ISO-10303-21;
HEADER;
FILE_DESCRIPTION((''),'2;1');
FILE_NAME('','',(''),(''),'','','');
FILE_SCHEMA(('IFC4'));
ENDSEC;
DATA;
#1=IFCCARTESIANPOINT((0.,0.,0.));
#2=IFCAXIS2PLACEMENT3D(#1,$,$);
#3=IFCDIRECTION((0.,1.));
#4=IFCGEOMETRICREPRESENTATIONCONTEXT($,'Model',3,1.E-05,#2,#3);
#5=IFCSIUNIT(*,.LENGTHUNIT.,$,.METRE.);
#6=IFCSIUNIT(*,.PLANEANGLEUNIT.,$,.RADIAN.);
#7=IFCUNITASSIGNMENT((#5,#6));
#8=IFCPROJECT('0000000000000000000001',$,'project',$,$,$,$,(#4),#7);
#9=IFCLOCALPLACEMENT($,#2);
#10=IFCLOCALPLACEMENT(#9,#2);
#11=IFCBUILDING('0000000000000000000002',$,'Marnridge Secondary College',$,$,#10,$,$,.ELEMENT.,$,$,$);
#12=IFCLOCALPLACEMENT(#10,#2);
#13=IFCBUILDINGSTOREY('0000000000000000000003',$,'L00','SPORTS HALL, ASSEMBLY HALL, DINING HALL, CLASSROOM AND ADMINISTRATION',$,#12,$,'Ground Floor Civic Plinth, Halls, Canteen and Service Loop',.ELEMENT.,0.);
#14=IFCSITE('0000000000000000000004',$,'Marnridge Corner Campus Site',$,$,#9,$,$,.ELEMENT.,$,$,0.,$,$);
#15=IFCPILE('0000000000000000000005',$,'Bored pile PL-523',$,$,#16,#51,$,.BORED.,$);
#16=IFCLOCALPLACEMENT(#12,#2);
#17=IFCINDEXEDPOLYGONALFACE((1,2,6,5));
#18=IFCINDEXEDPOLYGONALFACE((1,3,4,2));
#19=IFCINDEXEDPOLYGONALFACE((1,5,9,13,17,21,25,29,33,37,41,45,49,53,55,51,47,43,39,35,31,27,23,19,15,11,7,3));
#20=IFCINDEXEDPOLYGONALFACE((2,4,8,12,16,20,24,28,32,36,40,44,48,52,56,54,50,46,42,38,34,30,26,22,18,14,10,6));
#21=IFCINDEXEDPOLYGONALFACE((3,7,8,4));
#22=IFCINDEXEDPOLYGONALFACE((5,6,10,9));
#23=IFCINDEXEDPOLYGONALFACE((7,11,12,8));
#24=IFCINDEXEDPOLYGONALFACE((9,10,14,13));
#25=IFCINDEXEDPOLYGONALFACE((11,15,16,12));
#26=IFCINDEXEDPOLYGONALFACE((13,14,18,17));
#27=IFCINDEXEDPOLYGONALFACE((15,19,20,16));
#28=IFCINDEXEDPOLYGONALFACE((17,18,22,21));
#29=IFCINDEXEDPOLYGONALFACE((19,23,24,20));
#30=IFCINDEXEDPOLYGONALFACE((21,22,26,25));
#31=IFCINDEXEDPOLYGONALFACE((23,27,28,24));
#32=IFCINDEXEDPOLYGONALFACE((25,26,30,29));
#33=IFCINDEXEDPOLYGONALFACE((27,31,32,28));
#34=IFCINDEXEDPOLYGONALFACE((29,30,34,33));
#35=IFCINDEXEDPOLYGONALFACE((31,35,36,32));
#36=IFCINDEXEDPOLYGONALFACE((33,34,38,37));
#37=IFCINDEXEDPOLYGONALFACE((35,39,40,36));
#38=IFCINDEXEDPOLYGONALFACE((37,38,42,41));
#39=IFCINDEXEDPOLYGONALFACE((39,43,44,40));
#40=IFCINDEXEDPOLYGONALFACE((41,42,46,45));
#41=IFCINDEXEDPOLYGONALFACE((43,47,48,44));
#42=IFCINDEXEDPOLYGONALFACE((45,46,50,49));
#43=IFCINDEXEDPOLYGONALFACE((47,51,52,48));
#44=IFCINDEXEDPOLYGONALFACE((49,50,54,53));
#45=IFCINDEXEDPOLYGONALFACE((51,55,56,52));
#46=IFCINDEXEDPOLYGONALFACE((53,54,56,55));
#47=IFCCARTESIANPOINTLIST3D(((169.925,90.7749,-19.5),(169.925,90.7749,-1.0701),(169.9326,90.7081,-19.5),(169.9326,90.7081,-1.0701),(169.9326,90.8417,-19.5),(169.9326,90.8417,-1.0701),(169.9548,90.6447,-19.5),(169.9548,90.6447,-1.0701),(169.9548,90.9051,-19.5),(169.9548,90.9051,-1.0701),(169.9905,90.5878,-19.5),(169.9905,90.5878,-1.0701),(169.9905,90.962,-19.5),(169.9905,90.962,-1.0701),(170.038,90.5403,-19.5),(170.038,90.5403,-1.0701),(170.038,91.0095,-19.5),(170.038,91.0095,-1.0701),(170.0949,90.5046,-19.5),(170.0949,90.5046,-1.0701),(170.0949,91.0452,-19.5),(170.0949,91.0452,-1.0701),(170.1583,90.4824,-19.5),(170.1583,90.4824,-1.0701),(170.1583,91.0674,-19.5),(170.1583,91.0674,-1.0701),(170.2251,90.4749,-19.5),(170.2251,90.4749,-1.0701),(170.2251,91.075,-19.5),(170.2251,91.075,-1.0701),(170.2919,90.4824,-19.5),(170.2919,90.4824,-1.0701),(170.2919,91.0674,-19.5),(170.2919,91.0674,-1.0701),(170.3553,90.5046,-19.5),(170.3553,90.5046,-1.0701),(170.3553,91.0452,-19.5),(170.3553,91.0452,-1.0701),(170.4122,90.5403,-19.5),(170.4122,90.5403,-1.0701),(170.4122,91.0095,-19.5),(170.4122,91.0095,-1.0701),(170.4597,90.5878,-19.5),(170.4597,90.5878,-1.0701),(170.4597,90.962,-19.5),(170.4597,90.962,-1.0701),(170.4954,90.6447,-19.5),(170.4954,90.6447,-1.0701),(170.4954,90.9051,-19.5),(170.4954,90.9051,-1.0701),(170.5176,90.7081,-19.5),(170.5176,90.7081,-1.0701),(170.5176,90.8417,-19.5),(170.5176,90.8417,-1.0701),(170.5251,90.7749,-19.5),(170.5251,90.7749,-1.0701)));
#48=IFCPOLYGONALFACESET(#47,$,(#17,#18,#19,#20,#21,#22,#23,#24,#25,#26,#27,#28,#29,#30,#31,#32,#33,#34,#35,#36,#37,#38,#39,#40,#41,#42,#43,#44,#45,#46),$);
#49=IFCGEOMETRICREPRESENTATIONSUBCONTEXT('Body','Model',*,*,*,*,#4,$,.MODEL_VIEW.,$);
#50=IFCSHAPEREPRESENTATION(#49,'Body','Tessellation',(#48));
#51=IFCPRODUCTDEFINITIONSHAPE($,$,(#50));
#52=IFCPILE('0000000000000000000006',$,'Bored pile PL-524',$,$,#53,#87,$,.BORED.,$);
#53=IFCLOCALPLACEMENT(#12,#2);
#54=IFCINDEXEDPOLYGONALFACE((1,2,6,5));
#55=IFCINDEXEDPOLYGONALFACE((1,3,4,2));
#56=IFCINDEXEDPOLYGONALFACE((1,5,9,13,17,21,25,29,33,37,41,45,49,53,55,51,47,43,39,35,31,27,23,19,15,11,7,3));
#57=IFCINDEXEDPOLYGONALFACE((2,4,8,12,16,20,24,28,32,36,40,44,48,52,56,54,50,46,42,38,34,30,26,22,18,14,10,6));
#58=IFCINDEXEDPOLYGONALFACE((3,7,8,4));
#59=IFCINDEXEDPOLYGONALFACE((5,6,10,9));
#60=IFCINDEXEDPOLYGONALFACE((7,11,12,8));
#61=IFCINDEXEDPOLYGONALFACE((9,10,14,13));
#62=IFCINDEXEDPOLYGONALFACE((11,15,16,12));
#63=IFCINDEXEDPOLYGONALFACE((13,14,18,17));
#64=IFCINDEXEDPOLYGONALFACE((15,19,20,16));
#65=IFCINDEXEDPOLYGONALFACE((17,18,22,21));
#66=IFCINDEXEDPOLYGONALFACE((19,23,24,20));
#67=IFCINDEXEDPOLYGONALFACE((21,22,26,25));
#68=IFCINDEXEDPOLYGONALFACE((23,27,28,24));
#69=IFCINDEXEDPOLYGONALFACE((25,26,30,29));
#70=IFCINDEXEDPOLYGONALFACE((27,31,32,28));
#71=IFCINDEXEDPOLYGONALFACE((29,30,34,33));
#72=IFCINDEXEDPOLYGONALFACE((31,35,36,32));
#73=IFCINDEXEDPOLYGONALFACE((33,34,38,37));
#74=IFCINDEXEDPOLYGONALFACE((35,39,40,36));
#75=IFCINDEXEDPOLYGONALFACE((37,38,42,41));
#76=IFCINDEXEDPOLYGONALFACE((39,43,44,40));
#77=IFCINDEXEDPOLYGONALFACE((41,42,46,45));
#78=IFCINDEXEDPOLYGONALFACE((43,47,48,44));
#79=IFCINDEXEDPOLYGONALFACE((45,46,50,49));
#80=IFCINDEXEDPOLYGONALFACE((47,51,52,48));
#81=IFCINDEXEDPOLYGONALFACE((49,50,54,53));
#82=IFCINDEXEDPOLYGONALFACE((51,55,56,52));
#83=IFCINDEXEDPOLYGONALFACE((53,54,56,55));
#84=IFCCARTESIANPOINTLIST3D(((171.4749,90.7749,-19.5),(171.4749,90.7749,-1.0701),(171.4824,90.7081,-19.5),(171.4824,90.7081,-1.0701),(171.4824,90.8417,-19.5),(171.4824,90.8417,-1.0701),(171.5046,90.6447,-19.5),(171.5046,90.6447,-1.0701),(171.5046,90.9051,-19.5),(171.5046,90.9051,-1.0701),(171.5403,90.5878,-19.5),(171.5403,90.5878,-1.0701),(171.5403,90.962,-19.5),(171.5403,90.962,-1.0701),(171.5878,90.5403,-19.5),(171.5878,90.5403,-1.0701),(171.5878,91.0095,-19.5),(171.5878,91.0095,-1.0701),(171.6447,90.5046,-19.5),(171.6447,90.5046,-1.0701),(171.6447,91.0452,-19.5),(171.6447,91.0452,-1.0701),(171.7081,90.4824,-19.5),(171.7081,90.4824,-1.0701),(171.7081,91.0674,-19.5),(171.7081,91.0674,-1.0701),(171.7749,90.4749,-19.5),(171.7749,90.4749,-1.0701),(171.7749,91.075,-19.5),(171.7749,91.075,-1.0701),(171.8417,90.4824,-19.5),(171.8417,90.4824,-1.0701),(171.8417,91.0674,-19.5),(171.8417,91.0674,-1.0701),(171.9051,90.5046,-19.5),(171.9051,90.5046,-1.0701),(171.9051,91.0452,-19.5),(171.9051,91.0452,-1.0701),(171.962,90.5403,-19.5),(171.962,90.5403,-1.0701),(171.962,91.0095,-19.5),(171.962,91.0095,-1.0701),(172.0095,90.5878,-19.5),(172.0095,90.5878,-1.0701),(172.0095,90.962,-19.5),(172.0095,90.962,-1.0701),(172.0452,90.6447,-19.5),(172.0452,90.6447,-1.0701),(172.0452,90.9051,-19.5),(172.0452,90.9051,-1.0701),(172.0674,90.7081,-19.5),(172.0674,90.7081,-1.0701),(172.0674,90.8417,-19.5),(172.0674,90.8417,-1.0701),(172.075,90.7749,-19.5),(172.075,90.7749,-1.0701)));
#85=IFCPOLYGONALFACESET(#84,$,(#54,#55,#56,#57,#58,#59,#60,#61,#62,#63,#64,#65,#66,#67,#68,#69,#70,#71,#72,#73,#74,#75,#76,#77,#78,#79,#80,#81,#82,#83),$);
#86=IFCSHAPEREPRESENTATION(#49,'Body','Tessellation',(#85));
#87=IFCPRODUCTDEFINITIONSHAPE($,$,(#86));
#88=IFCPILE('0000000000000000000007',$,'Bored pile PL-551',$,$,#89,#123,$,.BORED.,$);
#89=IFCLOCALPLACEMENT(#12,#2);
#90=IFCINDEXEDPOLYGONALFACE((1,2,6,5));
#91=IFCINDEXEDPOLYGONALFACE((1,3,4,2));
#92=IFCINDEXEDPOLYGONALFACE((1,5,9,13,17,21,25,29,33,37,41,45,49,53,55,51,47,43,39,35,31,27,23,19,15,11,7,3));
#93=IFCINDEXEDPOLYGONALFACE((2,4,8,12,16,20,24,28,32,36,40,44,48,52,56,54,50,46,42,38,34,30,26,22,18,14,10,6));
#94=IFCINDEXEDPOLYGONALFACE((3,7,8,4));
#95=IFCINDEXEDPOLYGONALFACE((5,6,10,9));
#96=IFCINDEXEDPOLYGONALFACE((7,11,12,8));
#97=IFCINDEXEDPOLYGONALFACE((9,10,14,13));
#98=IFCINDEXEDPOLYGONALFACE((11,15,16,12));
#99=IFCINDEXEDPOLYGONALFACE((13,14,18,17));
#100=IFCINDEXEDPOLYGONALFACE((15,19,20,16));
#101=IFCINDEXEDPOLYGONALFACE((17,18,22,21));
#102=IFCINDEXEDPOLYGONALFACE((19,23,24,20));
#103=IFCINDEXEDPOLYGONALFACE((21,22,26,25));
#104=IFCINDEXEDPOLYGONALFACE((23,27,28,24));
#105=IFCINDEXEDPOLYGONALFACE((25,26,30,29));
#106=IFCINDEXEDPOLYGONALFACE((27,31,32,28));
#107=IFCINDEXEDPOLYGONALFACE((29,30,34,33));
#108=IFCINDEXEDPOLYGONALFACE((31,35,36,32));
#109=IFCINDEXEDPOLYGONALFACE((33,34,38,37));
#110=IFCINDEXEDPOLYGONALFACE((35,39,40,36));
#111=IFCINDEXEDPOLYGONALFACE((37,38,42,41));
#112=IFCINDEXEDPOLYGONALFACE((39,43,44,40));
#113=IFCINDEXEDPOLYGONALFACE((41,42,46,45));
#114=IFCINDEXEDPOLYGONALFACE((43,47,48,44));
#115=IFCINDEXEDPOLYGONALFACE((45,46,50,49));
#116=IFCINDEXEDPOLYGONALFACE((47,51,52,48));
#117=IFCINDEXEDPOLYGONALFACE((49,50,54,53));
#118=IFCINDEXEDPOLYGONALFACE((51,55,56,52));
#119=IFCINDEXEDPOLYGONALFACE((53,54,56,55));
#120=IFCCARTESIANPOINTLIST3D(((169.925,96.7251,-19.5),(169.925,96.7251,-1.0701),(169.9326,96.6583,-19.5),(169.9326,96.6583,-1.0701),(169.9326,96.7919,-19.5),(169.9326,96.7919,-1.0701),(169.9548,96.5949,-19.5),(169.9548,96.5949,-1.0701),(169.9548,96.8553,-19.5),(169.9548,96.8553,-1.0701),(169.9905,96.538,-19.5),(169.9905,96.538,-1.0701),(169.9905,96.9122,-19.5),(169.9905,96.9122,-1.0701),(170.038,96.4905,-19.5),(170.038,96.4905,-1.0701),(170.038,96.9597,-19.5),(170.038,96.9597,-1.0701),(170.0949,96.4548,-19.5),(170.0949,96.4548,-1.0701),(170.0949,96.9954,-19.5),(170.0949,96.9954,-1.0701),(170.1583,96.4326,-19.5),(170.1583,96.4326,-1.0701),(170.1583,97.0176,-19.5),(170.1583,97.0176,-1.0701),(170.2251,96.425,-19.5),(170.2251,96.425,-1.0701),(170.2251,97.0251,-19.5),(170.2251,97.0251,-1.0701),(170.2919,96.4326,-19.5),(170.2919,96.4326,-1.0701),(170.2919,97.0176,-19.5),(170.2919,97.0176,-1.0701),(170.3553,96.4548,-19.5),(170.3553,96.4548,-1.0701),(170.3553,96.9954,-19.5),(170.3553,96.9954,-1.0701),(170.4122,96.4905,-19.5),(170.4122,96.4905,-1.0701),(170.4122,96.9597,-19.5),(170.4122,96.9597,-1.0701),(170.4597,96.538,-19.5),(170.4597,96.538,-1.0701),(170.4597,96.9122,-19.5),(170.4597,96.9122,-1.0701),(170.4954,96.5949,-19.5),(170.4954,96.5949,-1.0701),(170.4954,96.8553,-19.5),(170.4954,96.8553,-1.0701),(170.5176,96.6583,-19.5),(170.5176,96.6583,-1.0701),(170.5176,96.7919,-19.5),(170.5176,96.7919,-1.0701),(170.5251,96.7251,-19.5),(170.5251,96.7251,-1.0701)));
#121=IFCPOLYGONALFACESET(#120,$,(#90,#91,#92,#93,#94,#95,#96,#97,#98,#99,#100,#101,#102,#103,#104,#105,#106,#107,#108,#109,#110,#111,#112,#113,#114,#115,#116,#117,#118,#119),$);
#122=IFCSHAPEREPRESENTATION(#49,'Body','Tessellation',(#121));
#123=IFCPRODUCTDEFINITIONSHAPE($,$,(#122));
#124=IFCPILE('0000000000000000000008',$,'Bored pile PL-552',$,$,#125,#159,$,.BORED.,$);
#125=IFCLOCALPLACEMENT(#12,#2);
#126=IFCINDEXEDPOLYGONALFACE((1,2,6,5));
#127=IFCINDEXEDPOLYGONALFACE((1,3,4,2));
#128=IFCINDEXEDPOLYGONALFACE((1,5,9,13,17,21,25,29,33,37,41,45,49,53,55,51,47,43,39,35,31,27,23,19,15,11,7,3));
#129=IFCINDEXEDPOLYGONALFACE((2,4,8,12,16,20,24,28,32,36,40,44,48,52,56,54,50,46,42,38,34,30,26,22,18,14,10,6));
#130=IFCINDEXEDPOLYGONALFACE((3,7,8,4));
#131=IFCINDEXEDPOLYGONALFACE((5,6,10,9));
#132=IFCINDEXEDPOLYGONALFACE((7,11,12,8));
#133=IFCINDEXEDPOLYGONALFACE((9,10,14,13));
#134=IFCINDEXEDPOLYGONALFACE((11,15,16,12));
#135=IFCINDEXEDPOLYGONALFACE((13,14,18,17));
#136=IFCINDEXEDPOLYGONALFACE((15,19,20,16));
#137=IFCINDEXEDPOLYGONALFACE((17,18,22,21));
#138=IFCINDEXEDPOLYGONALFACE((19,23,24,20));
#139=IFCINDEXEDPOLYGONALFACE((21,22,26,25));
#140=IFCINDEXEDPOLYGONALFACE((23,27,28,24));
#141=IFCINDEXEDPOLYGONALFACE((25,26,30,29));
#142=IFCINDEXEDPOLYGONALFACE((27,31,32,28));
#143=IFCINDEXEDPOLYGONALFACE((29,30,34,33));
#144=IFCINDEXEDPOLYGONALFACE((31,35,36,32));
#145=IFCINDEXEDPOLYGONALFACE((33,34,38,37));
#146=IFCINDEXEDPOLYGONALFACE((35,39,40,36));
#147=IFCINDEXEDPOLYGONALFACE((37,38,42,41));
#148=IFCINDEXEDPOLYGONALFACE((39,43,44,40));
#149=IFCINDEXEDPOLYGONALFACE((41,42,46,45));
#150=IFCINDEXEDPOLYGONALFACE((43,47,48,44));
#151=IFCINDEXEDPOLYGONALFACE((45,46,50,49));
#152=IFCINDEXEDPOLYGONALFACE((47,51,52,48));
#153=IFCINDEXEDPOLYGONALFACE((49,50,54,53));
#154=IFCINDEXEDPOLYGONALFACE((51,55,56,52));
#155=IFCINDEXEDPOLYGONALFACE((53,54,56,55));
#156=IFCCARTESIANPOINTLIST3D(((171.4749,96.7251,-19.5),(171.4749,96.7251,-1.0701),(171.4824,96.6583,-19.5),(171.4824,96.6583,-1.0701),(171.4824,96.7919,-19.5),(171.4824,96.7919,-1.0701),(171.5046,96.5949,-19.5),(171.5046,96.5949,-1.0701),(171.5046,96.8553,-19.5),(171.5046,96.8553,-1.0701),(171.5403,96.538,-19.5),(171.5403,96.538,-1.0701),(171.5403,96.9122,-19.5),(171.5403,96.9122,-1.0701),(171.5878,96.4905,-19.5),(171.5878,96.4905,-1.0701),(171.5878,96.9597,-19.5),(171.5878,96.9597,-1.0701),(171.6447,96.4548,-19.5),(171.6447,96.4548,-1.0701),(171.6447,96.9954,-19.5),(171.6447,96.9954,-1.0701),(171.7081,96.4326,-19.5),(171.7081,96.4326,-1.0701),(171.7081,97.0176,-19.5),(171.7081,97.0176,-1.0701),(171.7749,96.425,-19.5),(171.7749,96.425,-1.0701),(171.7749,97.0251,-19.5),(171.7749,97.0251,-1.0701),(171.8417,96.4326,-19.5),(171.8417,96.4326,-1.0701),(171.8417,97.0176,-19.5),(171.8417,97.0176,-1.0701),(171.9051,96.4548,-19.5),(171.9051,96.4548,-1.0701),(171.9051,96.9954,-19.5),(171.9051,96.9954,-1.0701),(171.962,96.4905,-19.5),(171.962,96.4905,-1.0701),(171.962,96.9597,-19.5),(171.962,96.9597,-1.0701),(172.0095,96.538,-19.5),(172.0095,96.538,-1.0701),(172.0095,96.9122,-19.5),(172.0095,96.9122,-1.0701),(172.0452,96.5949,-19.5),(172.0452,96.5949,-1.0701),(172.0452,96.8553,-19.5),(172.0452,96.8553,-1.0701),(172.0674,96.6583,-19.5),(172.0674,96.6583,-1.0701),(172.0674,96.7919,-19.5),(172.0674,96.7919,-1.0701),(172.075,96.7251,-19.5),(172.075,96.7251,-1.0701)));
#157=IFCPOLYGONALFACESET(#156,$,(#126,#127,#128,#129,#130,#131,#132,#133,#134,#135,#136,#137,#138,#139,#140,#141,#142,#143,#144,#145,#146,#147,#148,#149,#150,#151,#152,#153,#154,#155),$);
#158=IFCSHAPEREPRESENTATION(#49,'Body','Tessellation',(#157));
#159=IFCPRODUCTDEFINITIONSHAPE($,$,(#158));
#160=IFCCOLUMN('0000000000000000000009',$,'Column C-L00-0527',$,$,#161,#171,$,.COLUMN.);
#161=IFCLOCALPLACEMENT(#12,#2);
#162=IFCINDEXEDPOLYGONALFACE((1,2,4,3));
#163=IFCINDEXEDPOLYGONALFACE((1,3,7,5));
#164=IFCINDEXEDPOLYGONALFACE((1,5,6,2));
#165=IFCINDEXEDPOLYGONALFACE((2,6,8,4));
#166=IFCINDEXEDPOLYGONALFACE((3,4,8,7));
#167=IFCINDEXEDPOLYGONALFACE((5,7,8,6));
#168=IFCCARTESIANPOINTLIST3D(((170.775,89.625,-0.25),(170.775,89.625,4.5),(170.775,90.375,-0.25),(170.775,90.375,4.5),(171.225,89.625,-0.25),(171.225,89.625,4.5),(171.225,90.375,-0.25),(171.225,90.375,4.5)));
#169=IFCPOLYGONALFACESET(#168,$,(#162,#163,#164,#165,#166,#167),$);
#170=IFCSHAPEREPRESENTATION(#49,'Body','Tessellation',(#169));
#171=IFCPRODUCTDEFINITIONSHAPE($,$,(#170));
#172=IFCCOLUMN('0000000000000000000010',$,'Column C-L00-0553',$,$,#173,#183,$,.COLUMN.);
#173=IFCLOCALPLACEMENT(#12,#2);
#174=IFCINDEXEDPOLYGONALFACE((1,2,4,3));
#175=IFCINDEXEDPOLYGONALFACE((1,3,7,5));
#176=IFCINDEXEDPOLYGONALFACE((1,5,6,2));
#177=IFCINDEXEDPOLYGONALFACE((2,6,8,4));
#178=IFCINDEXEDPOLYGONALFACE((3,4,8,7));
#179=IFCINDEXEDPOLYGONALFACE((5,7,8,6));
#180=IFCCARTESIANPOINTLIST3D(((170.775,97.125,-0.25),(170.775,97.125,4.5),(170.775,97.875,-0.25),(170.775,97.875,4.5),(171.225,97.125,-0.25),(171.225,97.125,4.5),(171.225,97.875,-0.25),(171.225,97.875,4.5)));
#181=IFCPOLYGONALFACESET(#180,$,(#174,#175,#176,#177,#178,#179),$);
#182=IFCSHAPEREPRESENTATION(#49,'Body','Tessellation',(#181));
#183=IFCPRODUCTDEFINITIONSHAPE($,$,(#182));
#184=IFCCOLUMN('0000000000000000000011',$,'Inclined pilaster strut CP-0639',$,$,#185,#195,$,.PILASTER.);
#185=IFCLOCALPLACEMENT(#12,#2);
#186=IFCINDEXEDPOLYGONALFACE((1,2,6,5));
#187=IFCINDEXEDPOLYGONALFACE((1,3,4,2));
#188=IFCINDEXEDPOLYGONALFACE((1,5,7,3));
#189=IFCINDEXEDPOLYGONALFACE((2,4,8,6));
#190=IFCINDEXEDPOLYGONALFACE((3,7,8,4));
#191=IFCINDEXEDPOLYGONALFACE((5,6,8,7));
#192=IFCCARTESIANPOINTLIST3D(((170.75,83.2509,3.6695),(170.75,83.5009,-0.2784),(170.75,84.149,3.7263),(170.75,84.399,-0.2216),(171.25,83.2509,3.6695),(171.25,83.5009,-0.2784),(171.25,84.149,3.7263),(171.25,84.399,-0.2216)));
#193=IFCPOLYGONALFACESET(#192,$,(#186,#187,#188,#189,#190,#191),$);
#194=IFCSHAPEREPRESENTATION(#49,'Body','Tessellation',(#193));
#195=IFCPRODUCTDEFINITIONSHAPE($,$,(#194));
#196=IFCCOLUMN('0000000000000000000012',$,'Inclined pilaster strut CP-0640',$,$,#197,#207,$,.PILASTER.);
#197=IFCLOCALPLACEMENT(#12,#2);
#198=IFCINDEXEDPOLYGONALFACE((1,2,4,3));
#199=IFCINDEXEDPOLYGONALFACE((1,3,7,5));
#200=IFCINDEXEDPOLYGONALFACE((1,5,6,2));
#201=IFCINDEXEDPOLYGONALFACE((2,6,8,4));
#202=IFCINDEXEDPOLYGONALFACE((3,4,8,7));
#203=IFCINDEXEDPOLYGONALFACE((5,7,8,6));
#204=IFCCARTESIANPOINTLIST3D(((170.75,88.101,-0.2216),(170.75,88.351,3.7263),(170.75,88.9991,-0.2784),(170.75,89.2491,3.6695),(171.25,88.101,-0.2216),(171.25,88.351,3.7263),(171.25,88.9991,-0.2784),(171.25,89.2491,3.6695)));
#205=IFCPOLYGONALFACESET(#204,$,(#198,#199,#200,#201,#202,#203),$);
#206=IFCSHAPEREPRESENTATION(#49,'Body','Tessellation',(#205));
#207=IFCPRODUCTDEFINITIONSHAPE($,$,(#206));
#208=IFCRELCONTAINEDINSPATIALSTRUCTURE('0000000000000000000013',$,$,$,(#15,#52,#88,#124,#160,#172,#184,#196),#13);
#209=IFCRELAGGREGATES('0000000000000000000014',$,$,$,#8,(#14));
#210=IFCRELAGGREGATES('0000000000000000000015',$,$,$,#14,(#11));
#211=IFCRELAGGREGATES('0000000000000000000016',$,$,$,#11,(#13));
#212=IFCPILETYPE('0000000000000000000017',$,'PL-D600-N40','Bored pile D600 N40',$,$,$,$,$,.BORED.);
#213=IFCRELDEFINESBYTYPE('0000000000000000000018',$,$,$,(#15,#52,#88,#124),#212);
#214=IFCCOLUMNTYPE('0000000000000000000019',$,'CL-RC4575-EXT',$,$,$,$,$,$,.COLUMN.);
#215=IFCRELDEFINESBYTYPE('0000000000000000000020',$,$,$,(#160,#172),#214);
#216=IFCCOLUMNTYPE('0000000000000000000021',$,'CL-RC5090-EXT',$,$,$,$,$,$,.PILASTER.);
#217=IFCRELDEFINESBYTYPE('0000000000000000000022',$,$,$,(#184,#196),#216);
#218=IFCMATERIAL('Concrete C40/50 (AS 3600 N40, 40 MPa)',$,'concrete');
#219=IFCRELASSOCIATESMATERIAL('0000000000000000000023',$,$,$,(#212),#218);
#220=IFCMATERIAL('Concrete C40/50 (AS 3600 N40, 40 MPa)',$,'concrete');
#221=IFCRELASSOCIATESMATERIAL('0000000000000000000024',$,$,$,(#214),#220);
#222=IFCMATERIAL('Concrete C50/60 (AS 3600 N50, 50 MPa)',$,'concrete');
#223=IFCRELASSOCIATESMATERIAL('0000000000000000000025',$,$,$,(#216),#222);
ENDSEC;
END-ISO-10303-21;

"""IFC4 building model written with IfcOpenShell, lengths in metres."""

from ifc_helpers import new_model, si_unit, direction, frame, origin, origin_2d, place, context, subcontext, project, spatial, rectangle, circle, extrude, material, material_profile, profile_set, type_object, element, save


model = new_model("IFC4")

# Units and contexts
model_context = context("Model", 3, precision=1e-05, world=origin(), true_north=direction((0.0, 1.0)))
body_context = subcontext(model_context, "Body", "Model", "MODEL_VIEW")
ifc_project = project(units=[si_unit("LENGTHUNIT", "METRE"), si_unit("PLANEANGLEUNIT", "RADIAN")], contexts=[model_context])

# Site, building, storey
site_placement = place(None, origin())
site = spatial("IfcSite", under=ifc_project, at=site_placement, Name="Marnridge Corner Campus Site", CompositionType="ELEMENT", RefElevation=0.0)
building_placement = place(site_placement, origin())
building = spatial("IfcBuilding", under=site, at=building_placement, Name="Marnridge Secondary College", CompositionType="ELEMENT")
storey_placement = place(building_placement, origin())
storey = spatial("IfcBuildingStorey", under=building, at=storey_placement, Name="L00", Description="SPORTS HALL, ASSEMBLY HALL, DINING HALL, CLASSROOM AND ADMINISTRATION", LongName="Ground Floor Civic Plinth, Halls, Canteen and Service Loop", CompositionType="ELEMENT", Elevation=0.0)

# Piles
ifc_material_1 = material(Name="Concrete C40/50 (AS 3600 N40, 40 MPa)", Category="concrete")
ifc_material_profile_1 = material_profile(ifc_material_1, circle(Radius=0.3, at=origin_2d()), Name="PILE D600")
ifc_profile_set_1 = profile_set([ifc_material_profile_1], Name="Concrete C40/50 (AS 3600 N40, 40 MPa)")
pile_type = type_object("IfcPileType", Name="PL-D600-N40", Description="Bored pile D600 N40", PredefinedType="BORED", material=ifc_profile_set_1)
for number, where, z_axis, x_axis, name in (
    (1, (170.2251, 90.7749, -1.0701), (0.0, 0.0, -1.0), (1.0, 0.0, 0.0), "Bored pile PL-523"),
    (2, (171.7749, 90.7749, -1.0701), (0.0, 0.0, -1.0), (1.0, 0.0, 0.0), "Bored pile PL-524"),
    (3, (170.2251, 96.7251, -1.0701), (0.0, 0.0, -1.0), (1.0, 0.0, 0.0), "Bored pile PL-551"),
    (4, (171.7749, 96.7251, -1.0701), (0.0, 0.0, -1.0), (1.0, 0.0, 0.0), "Bored pile PL-552"),
):
    element("IfcPile", number, at=place(storey_placement, frame(where, z_axis=z_axis, x_axis=x_axis)), inside=storey, type_object=pile_type, Name=name, PredefinedType="BORED", context=body_context, shape_type="SweptSolid", body=[
        extrude(circle(Radius=0.3, at=origin_2d()), origin(), (0.0, 0.0, 1.0), 18.4299),
    ])

# Columns
ifc_material_2 = material(Name="Concrete C40/50 (AS 3600 N40, 40 MPa)", Category="concrete")
ifc_material_profile_2 = material_profile(ifc_material_2, rectangle(XDim=0.45, YDim=0.75, at=origin_2d()), Name="RC 450x750")
ifc_profile_set_2 = profile_set([ifc_material_profile_2], Name="Concrete C40/50 (AS 3600 N40, 40 MPa)")
column_type_1 = type_object("IfcColumnType", Name="CL-RC4575-EXT", PredefinedType="COLUMN", material=ifc_profile_set_2)
for number, where, z_axis, x_axis, name in (
    (5, (171.0, 90.0, -0.25), (0.0, 0.0, 1.0), (1.0, 0.0, 0.0), "Column C-L00-0527"),
    (6, (171.0, 97.5, -0.25), (0.0, 0.0, 1.0), (1.0, 0.0, 0.0), "Column C-L00-0553"),
):
    element("IfcColumn", number, at=place(storey_placement, frame(where, z_axis=z_axis, x_axis=x_axis)), inside=storey, type_object=column_type_1, Name=name, PredefinedType="COLUMN", context=body_context, shape_type="SweptSolid", body=[
        extrude(rectangle(XDim=0.45, YDim=0.75, at=origin_2d()), origin(), (0.0, 0.0, 1.0), 4.75),
    ])
ifc_material_3 = material(Name="Concrete C50/60 (AS 3600 N50, 50 MPa)", Category="concrete")
ifc_material_profile_3 = material_profile(ifc_material_3, rectangle(XDim=0.5, YDim=0.8999, at=origin_2d()), Name="RC 500x900")
ifc_profile_set_3 = profile_set([ifc_material_profile_3], Name="Concrete C50/60 (AS 3600 N50, 50 MPa)")
column_type_2 = type_object("IfcColumnType", Name="CL-RC5090-EXT", PredefinedType="PILASTER", material=ifc_profile_set_3)
for number, where, z_axis, x_axis, name in (
    (7, (171.0, 83.95, -0.25), (0.0, -0.063197, 0.998001), (1.0, 0.0, 0.0), "Inclined pilaster strut CP-0639"),
    (8, (171.0, 88.55, -0.25), (0.0, 0.063197, 0.998001), (-1.0, 0.0, 0.0), "Inclined pilaster strut CP-0640"),
):
    element("IfcColumn", number, at=place(storey_placement, frame(where, z_axis=z_axis, x_axis=x_axis)), inside=storey, type_object=column_type_2, Name=name, PredefinedType="PILASTER", context=body_context, shape_type="SweptSolid", body=[
        extrude(rectangle(XDim=0.5, YDim=0.8999, at=origin_2d()), origin(), (0.0, 0.0, 1.0), 3.9558),
    ])

save(model, "model.ifc")
